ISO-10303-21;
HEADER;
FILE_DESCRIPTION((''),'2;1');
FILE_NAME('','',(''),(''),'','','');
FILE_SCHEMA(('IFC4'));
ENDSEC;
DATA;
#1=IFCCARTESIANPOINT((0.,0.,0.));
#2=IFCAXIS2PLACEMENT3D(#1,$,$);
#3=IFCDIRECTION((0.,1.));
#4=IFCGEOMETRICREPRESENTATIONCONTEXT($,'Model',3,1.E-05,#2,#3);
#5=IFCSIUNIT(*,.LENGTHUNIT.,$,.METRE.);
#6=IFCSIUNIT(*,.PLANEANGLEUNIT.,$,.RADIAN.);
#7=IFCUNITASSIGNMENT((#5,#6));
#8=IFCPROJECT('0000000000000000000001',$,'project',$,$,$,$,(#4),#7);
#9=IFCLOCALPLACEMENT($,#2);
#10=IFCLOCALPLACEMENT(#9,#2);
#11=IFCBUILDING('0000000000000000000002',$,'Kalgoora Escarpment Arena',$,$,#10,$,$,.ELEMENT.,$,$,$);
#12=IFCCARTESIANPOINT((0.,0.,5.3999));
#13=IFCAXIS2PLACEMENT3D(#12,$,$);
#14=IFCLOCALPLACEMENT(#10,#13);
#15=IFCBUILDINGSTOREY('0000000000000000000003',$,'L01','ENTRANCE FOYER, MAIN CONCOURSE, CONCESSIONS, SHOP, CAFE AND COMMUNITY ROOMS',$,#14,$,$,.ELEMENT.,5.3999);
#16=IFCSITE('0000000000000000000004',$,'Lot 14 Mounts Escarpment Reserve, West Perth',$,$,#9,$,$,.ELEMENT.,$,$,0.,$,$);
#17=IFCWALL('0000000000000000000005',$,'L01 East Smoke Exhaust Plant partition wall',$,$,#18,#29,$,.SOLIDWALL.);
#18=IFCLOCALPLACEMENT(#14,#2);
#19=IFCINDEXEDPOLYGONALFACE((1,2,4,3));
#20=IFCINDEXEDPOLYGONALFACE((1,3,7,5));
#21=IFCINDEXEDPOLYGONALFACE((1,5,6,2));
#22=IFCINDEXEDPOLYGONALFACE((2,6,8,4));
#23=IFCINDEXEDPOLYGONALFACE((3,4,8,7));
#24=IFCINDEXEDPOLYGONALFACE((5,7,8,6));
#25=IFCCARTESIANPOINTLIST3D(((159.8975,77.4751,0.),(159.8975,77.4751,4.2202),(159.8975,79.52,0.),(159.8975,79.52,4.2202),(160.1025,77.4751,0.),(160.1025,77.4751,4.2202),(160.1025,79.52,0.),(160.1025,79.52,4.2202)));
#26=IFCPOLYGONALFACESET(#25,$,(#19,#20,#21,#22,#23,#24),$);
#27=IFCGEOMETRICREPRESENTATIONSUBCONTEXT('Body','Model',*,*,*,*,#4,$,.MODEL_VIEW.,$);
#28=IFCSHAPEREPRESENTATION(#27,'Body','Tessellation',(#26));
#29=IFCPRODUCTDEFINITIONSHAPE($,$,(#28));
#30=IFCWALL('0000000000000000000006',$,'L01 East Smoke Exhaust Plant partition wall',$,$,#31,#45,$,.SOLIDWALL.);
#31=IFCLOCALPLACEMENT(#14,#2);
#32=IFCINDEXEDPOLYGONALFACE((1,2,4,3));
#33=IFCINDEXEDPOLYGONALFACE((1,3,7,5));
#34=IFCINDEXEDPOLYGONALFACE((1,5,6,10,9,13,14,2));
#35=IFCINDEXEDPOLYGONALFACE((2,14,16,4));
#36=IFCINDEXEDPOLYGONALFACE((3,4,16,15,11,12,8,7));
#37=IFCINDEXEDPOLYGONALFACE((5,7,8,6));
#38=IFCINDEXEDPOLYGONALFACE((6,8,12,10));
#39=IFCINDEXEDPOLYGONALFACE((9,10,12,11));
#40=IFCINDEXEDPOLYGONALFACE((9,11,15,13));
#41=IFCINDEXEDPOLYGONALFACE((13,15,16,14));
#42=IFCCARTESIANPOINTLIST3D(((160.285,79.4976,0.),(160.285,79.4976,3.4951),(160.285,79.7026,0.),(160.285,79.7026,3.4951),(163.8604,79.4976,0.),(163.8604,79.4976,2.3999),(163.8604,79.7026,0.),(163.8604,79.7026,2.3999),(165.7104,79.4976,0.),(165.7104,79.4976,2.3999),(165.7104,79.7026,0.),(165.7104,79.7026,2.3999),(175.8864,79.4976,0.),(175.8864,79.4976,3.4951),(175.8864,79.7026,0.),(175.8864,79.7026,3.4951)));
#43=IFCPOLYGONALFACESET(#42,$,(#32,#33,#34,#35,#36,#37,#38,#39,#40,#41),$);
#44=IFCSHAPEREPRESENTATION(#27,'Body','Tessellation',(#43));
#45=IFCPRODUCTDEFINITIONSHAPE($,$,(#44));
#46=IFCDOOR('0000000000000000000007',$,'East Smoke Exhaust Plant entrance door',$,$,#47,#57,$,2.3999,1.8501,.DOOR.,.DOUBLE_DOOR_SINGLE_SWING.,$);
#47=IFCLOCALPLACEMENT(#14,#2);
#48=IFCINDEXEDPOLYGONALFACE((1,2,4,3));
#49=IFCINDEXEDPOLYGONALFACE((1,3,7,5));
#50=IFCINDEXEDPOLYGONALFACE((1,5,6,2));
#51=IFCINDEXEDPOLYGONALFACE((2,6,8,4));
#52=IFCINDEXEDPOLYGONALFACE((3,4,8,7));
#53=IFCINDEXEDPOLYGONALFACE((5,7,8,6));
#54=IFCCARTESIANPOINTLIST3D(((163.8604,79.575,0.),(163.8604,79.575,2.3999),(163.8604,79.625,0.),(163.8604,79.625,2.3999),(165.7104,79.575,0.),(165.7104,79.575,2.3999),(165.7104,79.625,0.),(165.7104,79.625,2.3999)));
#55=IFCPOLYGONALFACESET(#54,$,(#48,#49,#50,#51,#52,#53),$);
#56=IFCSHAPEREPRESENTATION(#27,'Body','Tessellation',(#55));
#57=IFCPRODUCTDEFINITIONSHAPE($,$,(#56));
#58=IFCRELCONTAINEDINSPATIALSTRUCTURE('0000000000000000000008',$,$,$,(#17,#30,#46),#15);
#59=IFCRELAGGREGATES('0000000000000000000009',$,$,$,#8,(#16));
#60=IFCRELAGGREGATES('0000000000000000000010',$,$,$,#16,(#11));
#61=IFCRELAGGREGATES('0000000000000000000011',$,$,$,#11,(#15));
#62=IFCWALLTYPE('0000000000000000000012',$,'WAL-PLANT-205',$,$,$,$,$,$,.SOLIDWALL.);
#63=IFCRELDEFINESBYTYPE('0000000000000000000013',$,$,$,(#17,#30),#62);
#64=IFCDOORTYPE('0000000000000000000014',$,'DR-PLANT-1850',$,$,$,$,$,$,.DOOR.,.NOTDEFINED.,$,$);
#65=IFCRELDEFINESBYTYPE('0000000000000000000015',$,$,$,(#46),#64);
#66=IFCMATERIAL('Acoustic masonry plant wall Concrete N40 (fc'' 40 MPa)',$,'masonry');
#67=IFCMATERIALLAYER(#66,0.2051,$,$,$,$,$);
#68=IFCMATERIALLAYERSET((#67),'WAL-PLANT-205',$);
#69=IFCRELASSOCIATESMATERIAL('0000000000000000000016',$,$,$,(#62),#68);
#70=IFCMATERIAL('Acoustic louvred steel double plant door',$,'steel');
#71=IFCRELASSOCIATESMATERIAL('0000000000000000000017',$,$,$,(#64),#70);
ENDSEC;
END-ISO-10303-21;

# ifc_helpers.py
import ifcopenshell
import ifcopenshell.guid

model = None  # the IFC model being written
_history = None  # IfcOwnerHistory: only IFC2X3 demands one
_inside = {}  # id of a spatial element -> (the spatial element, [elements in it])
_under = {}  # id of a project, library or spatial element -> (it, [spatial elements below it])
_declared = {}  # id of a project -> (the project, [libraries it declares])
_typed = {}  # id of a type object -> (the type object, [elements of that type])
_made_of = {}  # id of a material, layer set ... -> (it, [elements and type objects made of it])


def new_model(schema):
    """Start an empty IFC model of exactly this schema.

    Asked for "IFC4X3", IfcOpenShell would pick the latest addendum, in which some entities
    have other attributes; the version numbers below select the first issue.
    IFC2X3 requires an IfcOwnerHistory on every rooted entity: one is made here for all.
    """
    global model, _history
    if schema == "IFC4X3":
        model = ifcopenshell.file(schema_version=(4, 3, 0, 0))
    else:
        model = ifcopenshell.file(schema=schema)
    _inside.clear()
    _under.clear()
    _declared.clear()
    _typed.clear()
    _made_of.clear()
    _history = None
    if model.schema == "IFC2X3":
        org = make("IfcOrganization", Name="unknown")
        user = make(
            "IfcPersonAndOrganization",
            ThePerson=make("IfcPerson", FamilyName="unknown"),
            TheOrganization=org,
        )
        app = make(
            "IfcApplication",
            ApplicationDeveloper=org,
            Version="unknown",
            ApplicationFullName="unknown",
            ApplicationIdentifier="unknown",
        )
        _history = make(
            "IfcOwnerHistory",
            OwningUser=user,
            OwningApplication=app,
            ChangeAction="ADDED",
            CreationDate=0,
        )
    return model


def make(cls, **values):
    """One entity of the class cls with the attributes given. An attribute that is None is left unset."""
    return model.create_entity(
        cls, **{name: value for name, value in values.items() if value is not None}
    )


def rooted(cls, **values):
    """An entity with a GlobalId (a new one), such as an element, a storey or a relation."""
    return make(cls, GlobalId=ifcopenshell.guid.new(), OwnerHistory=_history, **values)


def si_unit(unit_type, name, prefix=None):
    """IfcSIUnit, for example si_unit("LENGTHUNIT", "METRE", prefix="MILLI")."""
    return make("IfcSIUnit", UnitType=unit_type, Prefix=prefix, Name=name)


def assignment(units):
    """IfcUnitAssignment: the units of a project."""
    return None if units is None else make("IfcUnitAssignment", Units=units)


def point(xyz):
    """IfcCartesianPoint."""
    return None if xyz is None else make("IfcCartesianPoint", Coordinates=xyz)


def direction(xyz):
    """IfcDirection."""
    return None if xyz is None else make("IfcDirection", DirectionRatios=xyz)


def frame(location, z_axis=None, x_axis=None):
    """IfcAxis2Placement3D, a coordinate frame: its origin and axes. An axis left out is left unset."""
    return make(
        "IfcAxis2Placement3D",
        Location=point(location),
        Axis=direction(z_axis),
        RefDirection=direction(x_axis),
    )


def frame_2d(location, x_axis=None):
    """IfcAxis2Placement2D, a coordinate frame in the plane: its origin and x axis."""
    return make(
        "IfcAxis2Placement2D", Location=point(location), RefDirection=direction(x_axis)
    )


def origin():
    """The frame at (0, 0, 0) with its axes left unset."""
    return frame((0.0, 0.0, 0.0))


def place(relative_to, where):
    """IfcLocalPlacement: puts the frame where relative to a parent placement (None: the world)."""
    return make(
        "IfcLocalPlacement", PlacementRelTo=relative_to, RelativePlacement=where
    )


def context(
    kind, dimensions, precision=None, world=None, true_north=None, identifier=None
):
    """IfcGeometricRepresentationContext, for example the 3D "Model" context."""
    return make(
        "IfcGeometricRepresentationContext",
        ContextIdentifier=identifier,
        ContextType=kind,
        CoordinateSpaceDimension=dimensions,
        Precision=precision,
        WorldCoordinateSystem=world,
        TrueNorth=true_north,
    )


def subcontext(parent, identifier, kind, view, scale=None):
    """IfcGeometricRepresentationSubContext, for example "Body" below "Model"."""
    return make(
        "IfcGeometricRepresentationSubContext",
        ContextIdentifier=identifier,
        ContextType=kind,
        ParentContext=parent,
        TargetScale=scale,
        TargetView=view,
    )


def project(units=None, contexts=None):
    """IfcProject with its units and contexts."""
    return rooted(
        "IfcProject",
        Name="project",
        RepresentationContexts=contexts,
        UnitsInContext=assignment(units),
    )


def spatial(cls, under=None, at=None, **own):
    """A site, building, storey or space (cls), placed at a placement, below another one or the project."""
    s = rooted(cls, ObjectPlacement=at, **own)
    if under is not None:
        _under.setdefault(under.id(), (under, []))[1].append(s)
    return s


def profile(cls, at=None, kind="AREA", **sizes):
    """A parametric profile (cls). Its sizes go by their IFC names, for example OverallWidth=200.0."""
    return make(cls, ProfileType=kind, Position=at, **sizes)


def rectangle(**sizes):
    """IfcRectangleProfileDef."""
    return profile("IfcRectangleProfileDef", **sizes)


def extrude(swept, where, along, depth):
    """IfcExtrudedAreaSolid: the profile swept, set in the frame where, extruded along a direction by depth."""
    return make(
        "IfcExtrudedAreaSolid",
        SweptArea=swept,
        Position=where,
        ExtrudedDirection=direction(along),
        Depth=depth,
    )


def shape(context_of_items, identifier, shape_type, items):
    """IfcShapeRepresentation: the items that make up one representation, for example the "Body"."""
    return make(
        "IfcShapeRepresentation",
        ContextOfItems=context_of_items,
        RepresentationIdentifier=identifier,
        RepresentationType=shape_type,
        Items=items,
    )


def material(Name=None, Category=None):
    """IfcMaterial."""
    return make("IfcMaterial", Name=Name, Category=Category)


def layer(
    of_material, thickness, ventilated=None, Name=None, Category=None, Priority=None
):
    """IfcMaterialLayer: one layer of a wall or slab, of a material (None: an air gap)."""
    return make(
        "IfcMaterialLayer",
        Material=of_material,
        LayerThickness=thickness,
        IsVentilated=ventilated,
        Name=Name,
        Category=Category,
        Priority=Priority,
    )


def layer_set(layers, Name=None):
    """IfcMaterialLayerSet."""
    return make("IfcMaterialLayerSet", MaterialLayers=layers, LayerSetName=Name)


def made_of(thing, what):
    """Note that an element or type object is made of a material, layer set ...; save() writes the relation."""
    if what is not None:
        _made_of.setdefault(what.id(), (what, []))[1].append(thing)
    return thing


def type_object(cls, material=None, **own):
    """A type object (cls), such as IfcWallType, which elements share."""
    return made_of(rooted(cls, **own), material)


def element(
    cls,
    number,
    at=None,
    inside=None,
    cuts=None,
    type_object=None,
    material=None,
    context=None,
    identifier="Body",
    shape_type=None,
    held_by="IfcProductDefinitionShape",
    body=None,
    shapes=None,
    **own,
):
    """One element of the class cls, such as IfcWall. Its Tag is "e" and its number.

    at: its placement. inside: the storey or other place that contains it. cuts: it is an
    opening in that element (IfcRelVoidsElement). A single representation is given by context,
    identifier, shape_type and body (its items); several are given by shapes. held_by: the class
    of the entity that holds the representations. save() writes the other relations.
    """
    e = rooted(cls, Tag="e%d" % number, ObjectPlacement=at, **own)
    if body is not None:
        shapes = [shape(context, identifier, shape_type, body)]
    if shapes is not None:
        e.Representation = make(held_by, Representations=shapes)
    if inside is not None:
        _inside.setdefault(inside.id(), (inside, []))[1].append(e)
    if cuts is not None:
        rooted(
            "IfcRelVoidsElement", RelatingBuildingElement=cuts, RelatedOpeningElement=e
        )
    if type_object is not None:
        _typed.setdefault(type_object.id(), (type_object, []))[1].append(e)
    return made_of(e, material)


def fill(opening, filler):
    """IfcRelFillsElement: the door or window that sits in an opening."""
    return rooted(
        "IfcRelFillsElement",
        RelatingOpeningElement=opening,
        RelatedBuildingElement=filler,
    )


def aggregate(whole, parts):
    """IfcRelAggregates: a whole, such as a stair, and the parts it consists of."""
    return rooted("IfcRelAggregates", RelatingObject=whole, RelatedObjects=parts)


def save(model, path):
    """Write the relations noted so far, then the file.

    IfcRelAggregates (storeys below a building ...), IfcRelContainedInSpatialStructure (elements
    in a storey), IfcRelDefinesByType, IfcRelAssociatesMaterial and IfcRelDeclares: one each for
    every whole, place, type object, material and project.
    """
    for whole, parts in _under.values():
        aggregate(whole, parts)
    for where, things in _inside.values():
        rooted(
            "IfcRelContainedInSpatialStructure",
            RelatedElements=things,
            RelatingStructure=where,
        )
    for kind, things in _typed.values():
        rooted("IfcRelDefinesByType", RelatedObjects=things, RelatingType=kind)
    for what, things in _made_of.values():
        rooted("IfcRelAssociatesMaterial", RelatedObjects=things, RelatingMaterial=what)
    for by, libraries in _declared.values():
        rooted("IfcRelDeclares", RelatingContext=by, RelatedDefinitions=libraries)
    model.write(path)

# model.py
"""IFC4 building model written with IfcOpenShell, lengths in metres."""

from ifc_helpers import new_model, si_unit, direction, frame, frame_2d, origin, place, context, subcontext, project, spatial, rectangle, extrude, material, layer, layer_set, type_object, element, fill, save


model = new_model("IFC4")

# Units and contexts
model_context = context("Model", 3, precision=1e-05, world=origin(), true_north=direction((0.0, 1.0)))
body_context = subcontext(model_context, "Body", "Model", "MODEL_VIEW")
ifc_project = project(units=[si_unit("LENGTHUNIT", "METRE"), si_unit("PLANEANGLEUNIT", "RADIAN")], contexts=[model_context])

# Site, building, storey
site_placement = place(None, origin())
site = spatial("IfcSite", under=ifc_project, at=site_placement, Name="Lot 14 Mounts Escarpment Reserve, West Perth", CompositionType="ELEMENT", RefElevation=0.0)
building_placement = place(site_placement, origin())
building = spatial("IfcBuilding", under=site, at=building_placement, Name="Kalgoora Escarpment Arena", CompositionType="ELEMENT")
storey_placement = place(building_placement, frame((0.0, 0.0, 5.3999)))
storey = spatial("IfcBuildingStorey", under=building, at=storey_placement, Name="L01", Description="ENTRANCE FOYER, MAIN CONCOURSE, CONCESSIONS, SHOP, CAFE AND COMMUNITY ROOMS", CompositionType="ELEMENT", Elevation=5.3999)

# Wall
ifc_material_1 = material(Name="Acoustic masonry plant wall Concrete N40 (fc' 40 MPa)", Category="masonry")
ifc_layer_1 = layer(ifc_material_1, 0.2051)
ifc_layer_set_1 = layer_set([ifc_layer_1], Name="WAL-PLANT-205")
wall_type_1 = type_object("IfcWallType", Name="WAL-PLANT-205", PredefinedType="SOLIDWALL", material=ifc_layer_set_1)
wall_1_placement = place(storey_placement, frame((160.0, 77.4751, 0.0), z_axis=(0.0, 0.0, 1.0), x_axis=(0.0, 1.0, 0.0)))
element("IfcWall", 1, at=wall_1_placement, inside=storey, type_object=wall_type_1, Name="L01 East Smoke Exhaust Plant partition wall", PredefinedType="SOLIDWALL", context=body_context, shape_type="SweptSolid", body=[
    extrude(rectangle(XDim=2.0449, YDim=0.2051, at=frame_2d((1.0225, 0.0))), origin(), (0.0, 0.0, 1.0), 4.2202),
])

# Wall, opening, door
wall_2_placement = place(storey_placement, frame((160.2849, 79.6001, 0.0), z_axis=(0.0, 0.0, 1.0), x_axis=(1.0, 0.0, 0.0)))
wall_2 = element("IfcWall", 2, at=wall_2_placement, inside=storey, type_object=wall_type_1, Name="L01 East Smoke Exhaust Plant partition wall", PredefinedType="SOLIDWALL", context=body_context, shape_type="SweptSolid", body=[
    extrude(rectangle(XDim=15.6013, YDim=0.2051, at=frame_2d((7.8008, 0.0))), origin(), (0.0, 0.0, 1.0), 3.4951),
])
opening_1_placement = place(wall_2_placement, frame((3.5754, 0.0, 0.0)))
opening_1 = element("IfcOpeningElement", 3, at=opening_1_placement, cuts=wall_2, PredefinedType="OPENING", context=body_context, shape_type="SweptSolid", body=[
    extrude(rectangle(XDim=1.8501, YDim=2.3999, at=frame_2d((0.925, 1.2))), frame((0.0, 0.1125, 0.0), z_axis=(0.0, -1.0, 0.0), x_axis=(1.0, 0.0, 0.0)), (0.0, 0.0, 1.0), 0.2251),
])
ifc_material_2 = material(Name="Acoustic louvred steel double plant door", Category="steel")
door_type = type_object("IfcDoorType", Name="DR-PLANT-1850", OperationType="NOTDEFINED", PredefinedType="DOOR", material=ifc_material_2)
door_placement = place(opening_1_placement, origin())
door = element("IfcDoor", 4, at=door_placement, inside=storey, type_object=door_type, Name="East Smoke Exhaust Plant entrance door", OperationType="DOUBLE_DOOR_SINGLE_SWING", OverallHeight=2.3999, OverallWidth=1.8501, PredefinedType="DOOR", context=body_context, shape_type="SweptSolid", body=[
    extrude(rectangle(XDim=1.8501, YDim=2.3999, at=frame_2d((0.925, 1.2))), frame((0.0, 0.0249, 0.0), z_axis=(0.0, -1.0, 0.0), x_axis=(1.0, 0.0, 0.0)), (0.0, 0.0, 1.0), 0.05),
])
fill(opening_1, door)

save(model, "model.ifc")
